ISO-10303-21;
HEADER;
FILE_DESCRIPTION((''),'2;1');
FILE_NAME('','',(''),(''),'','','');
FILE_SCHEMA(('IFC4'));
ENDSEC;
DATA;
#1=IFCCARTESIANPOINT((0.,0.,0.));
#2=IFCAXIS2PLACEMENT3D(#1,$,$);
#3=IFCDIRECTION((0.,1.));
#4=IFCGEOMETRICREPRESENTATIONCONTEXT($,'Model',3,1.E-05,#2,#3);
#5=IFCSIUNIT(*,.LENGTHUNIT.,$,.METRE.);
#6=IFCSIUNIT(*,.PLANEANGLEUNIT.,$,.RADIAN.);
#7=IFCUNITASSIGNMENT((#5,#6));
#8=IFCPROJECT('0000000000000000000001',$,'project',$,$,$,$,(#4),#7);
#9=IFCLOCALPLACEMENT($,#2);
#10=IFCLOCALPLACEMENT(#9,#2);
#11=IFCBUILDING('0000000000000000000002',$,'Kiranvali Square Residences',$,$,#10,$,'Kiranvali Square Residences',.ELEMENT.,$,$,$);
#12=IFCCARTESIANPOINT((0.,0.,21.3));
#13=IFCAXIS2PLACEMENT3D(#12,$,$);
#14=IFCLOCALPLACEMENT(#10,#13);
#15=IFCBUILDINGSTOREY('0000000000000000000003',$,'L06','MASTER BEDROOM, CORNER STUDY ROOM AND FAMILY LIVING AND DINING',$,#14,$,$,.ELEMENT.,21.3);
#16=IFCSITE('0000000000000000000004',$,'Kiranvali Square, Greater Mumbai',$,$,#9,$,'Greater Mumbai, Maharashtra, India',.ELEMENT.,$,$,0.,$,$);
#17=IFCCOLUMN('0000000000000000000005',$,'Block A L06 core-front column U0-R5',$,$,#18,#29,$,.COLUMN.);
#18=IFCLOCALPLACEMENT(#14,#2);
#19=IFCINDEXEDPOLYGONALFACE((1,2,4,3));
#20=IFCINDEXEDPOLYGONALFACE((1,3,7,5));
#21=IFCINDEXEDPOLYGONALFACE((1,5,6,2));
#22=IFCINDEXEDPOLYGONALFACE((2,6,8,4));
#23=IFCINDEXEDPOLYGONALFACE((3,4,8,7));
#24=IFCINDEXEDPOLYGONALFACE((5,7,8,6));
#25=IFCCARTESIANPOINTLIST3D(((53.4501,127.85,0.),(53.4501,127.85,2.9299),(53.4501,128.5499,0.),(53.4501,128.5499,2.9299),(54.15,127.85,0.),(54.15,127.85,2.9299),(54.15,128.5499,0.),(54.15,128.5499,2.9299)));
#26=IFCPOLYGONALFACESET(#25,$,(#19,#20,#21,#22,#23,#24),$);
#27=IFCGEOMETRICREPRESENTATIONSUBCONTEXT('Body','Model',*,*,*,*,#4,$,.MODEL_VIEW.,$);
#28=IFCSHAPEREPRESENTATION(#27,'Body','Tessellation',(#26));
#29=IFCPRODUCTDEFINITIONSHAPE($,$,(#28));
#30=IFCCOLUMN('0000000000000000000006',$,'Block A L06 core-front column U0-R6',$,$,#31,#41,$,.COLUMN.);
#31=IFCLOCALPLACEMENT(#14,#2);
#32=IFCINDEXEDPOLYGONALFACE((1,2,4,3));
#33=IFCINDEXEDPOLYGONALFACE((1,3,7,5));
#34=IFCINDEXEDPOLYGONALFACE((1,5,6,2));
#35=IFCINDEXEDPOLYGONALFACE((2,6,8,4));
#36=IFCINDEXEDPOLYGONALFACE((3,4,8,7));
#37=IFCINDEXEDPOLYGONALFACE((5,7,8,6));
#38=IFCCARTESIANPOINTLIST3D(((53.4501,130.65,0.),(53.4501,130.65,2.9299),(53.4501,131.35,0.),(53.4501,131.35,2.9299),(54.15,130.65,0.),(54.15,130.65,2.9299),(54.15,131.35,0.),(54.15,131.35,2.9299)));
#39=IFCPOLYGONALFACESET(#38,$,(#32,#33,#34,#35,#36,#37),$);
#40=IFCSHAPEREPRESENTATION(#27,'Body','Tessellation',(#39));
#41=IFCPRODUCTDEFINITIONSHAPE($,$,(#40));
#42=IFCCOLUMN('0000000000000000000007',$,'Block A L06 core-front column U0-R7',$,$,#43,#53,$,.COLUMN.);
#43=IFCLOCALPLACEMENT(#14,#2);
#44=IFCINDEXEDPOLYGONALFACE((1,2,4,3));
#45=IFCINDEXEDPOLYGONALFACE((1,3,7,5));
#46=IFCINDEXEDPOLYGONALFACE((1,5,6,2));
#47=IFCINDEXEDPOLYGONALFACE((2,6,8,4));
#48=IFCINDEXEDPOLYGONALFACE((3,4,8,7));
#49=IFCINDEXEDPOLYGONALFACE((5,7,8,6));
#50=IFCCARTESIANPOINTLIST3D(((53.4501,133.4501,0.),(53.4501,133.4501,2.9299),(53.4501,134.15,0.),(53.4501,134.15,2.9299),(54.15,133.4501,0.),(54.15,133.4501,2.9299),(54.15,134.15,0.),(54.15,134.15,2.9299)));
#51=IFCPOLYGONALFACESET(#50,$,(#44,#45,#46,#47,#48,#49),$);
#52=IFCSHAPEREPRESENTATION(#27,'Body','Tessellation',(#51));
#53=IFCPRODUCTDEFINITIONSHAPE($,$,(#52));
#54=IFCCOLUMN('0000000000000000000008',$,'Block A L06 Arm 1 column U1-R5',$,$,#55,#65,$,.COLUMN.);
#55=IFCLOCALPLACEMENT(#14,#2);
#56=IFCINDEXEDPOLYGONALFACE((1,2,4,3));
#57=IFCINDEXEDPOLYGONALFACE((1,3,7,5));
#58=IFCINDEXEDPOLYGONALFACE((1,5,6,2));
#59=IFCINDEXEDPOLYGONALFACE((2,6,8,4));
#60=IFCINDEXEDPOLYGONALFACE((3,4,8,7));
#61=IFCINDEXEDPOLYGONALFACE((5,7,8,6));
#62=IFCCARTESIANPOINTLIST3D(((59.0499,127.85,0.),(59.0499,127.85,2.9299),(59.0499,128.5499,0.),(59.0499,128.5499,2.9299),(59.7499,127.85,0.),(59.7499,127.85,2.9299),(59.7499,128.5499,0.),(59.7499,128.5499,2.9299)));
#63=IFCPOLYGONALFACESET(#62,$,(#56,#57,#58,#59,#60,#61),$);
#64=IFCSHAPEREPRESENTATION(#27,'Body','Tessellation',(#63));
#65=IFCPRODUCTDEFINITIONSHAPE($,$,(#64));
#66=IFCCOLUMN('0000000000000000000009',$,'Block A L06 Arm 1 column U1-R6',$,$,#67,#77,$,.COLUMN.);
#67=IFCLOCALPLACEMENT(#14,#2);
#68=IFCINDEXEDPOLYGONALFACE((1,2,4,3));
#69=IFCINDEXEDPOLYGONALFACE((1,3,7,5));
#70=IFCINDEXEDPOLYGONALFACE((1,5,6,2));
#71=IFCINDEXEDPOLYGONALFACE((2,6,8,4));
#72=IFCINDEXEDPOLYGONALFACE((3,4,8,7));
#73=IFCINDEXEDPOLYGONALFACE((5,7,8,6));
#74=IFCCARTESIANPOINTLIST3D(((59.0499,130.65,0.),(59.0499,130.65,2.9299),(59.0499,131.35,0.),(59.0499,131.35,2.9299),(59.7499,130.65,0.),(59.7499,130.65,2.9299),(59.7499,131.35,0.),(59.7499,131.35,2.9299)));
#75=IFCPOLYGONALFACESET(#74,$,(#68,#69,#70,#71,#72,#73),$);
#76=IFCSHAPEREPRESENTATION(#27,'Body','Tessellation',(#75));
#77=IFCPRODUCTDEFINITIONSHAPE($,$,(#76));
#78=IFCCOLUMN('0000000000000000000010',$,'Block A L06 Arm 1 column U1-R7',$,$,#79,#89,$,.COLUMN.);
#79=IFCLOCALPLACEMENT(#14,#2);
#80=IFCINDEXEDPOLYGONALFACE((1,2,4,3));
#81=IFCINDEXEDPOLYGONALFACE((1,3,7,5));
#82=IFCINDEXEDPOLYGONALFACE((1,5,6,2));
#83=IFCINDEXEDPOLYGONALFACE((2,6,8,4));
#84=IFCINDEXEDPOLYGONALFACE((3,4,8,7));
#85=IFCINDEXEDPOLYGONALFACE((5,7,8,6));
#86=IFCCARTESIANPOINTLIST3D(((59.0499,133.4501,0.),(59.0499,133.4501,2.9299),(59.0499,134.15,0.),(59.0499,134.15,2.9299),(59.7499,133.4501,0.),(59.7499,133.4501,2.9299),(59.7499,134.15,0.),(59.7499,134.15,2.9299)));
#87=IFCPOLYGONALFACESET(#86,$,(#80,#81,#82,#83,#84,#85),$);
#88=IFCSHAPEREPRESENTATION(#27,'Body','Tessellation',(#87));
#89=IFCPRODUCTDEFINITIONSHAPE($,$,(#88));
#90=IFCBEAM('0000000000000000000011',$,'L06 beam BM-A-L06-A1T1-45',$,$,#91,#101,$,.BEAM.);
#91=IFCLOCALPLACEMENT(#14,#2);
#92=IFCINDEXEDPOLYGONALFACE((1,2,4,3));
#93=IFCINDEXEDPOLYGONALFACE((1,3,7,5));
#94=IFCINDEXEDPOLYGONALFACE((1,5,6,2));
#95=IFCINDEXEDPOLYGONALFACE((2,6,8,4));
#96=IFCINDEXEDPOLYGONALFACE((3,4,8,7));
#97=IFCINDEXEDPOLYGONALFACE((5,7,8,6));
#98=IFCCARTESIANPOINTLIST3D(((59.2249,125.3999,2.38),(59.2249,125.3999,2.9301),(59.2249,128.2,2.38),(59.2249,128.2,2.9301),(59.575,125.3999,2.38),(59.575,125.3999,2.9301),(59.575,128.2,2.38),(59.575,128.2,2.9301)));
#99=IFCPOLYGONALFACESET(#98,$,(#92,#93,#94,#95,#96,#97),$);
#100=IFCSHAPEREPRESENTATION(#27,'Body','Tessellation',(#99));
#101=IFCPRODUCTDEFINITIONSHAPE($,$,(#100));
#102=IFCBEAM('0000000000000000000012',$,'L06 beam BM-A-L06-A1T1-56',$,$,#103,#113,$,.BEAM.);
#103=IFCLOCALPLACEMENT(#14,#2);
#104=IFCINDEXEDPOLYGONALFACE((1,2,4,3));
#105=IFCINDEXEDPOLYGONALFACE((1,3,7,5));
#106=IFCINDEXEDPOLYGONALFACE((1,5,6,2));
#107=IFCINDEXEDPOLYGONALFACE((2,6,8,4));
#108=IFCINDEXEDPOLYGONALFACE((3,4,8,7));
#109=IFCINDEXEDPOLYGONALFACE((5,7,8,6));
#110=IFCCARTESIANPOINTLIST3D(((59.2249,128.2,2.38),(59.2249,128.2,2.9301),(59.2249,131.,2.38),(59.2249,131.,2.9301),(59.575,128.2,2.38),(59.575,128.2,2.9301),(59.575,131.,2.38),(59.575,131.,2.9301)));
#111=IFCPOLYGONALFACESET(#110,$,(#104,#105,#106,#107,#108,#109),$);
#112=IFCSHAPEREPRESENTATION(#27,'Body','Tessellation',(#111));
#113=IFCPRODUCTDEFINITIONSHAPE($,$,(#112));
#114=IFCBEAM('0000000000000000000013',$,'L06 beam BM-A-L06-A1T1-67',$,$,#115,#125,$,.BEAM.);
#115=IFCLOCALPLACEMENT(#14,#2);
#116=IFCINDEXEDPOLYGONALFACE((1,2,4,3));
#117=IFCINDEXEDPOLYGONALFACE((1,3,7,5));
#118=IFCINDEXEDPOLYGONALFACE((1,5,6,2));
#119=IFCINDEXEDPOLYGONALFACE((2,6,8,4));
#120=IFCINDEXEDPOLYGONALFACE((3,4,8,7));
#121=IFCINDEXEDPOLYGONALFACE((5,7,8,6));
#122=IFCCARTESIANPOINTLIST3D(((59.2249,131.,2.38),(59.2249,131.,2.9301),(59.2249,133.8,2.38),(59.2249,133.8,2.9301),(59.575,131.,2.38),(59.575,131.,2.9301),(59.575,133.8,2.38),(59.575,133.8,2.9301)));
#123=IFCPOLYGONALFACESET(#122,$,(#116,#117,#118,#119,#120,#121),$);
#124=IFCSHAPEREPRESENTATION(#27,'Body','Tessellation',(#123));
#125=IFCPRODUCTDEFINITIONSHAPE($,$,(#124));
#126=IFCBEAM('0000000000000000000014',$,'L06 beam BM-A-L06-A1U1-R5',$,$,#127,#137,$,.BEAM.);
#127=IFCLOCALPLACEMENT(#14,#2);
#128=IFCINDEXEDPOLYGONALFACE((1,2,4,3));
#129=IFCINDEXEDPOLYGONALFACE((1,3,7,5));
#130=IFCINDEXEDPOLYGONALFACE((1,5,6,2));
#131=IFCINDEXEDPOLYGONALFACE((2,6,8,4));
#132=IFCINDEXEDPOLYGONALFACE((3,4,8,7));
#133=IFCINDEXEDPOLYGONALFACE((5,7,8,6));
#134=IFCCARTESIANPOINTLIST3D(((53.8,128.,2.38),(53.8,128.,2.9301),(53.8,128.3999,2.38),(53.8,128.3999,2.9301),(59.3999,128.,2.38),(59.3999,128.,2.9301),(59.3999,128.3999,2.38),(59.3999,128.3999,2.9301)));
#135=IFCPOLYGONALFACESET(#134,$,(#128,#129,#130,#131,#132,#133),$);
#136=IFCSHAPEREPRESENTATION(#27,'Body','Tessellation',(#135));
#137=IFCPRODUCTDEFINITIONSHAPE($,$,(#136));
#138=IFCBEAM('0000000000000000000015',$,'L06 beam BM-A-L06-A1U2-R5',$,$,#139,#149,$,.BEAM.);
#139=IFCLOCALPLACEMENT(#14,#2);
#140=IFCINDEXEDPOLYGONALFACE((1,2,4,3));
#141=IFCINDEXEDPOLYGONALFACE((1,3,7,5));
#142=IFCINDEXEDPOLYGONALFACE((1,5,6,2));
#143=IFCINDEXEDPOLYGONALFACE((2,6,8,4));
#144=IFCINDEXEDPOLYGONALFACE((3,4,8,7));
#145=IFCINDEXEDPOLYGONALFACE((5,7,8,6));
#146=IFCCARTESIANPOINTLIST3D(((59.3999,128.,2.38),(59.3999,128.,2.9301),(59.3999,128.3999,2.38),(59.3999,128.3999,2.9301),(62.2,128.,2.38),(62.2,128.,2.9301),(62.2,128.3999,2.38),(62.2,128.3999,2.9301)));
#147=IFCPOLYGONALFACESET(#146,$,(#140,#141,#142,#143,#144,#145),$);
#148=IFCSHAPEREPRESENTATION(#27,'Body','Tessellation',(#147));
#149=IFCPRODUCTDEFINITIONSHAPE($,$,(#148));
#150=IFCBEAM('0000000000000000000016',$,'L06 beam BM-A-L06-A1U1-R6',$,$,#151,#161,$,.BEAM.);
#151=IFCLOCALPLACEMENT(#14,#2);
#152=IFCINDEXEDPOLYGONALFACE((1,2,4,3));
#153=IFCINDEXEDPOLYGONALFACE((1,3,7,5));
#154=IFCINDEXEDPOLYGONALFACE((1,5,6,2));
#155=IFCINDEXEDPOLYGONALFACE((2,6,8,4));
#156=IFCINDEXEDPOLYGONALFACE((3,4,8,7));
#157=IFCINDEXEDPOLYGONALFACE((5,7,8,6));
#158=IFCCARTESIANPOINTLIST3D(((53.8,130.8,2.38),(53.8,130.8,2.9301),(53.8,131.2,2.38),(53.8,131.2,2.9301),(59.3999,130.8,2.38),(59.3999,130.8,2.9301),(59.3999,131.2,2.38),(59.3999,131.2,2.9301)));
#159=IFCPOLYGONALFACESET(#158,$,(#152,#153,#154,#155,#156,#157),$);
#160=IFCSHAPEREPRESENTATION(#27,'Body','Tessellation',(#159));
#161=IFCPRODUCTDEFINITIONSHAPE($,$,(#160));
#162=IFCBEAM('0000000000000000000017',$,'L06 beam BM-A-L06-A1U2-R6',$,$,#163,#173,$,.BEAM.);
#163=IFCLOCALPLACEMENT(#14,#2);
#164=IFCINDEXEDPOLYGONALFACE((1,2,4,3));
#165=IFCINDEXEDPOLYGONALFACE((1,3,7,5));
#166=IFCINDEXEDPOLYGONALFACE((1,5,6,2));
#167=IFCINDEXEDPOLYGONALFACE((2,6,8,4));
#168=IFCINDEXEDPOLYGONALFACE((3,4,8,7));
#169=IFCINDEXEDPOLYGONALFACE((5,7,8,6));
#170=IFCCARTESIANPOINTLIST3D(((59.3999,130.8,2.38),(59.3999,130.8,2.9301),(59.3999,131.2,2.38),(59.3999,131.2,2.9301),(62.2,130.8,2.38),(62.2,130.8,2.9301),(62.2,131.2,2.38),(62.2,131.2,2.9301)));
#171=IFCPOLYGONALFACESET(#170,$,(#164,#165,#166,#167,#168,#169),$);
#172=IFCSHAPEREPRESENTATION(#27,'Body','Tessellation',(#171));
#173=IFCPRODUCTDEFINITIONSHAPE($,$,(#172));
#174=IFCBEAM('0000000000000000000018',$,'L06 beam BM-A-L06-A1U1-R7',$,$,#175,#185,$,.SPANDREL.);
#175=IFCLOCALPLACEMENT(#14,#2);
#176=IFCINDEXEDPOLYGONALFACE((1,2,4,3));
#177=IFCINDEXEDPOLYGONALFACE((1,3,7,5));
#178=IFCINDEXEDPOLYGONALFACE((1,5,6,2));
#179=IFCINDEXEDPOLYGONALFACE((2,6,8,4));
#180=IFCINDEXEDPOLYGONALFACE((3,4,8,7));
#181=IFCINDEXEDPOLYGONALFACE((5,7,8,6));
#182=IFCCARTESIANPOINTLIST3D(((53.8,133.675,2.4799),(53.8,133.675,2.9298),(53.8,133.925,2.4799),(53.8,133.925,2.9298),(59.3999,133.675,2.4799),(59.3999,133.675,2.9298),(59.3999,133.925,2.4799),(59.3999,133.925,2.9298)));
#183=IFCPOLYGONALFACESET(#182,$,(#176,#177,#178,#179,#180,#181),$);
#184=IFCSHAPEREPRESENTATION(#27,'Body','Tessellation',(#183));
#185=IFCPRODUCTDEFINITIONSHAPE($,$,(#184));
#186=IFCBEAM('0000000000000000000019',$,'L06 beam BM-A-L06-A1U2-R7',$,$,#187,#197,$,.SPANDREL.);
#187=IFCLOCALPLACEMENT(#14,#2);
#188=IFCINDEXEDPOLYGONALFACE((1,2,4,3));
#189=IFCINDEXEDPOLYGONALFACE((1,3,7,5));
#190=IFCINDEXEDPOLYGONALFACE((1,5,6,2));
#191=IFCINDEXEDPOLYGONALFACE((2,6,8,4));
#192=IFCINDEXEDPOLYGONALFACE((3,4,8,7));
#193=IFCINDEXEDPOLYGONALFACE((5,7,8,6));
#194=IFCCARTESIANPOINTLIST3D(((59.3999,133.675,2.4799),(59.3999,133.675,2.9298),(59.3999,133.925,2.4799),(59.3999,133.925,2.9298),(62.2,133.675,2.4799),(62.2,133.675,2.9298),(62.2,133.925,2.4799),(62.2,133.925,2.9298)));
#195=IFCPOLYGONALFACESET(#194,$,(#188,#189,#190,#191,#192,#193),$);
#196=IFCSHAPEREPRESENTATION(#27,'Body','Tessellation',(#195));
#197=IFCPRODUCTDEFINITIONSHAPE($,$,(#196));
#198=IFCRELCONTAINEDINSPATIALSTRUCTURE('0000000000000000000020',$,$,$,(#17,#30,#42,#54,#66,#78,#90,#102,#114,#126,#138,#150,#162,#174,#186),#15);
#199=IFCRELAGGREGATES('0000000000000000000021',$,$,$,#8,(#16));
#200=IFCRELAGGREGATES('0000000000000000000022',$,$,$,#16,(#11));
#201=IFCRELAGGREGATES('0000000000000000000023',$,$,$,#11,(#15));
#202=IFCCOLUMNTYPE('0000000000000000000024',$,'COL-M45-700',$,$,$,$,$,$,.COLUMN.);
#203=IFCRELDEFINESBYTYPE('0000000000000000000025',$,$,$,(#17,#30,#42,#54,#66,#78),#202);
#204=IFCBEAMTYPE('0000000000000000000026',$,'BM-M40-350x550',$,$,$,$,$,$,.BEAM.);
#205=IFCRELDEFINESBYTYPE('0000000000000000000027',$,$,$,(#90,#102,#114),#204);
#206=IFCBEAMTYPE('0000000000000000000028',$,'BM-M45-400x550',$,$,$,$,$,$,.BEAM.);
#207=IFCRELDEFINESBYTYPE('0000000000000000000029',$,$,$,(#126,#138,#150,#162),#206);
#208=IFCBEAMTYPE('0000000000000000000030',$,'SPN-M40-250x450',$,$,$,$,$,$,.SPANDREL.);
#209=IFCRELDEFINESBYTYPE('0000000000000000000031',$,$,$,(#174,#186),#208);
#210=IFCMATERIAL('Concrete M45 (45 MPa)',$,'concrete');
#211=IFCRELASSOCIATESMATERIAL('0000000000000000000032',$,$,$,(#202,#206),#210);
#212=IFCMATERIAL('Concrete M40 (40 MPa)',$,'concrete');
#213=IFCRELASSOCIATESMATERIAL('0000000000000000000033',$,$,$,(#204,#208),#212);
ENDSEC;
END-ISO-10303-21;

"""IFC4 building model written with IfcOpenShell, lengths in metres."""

from ifc_helpers import new_model, si_unit, direction, frame, origin, origin_2d, place, context, subcontext, project, spatial, rectangle, extrude, material, material_profile, profile_set, type_object, element, save


model = new_model("IFC4")

# Units and contexts
model_context = context("Model", 3, precision=1e-05, world=origin(), true_north=direction((0.0, 1.0)))
body_context = subcontext(model_context, "Body", "Model", "MODEL_VIEW")
ifc_project = project(units=[si_unit("LENGTHUNIT", "METRE"), si_unit("PLANEANGLEUNIT", "RADIAN")], contexts=[model_context])

# Site, building, storey
site_placement = place(None, origin())
site = spatial("IfcSite", under=ifc_project, at=site_placement, Name="Kiranvali Square, Greater Mumbai", LongName="Greater Mumbai, Maharashtra, India", CompositionType="ELEMENT", RefElevation=0.0)
building_placement = place(site_placement, origin())
building = spatial("IfcBuilding", under=site, at=building_placement, Name="Kiranvali Square Residences", LongName="Kiranvali Square Residences", CompositionType="ELEMENT")
storey_placement = place(building_placement, frame((0.0, 0.0, 21.3)))
storey = spatial("IfcBuildingStorey", under=building, at=storey_placement, Name="L06", Description="MASTER BEDROOM, CORNER STUDY ROOM AND FAMILY LIVING AND DINING", CompositionType="ELEMENT", Elevation=21.3)

# Columns
ifc_material_1 = material(Name="Concrete M45 (45 MPa)", Category="concrete")
ifc_material_profile_1 = material_profile(ifc_material_1, rectangle(XDim=0.7, YDim=0.7, at=origin_2d()), Name="RC 700x700")
ifc_profile_set_1 = profile_set([ifc_material_profile_1], Name="Concrete M45 (45 MPa)")
column_type = type_object("IfcColumnType", Name="COL-M45-700", PredefinedType="COLUMN", material=ifc_profile_set_1)
for number, where, z_axis, x_axis, name in (
    (1, (53.8, 128.2, 0.0), (0.0, 0.0, 1.0), (1.0, 0.0, 0.0), "Block A L06 core-front column U0-R5"),
    (2, (53.8, 131.0, 0.0), (0.0, 0.0, 1.0), (1.0, 0.0, 0.0), "Block A L06 core-front column U0-R6"),
    (3, (53.8, 133.8, 0.0), (0.0, 0.0, 1.0), (1.0, 0.0, 0.0), "Block A L06 core-front column U0-R7"),
    (4, (59.3999, 128.2, 0.0), (0.0, 0.0, 1.0), (1.0, 0.0, 0.0), "Block A L06 Arm 1 column U1-R5"),
    (5, (59.3999, 131.0, 0.0), (0.0, 0.0, 1.0), (1.0, 0.0, 0.0), "Block A L06 Arm 1 column U1-R6"),
    (6, (59.3999, 133.8, 0.0), (0.0, 0.0, 1.0), (1.0, 0.0, 0.0), "Block A L06 Arm 1 column U1-R7"),
):
    element("IfcColumn", number, at=place(storey_placement, frame(where, z_axis=z_axis, x_axis=x_axis)), inside=storey, type_object=column_type, Name=name, PredefinedType="COLUMN", context=body_context, shape_type="SweptSolid", body=[
        extrude(rectangle(XDim=0.7, YDim=0.7, at=origin_2d()), origin(), (0.0, 0.0, 1.0), 2.9299),
    ])

# Beams
ifc_material_2 = material(Name="Concrete M40 (40 MPa)", Category="concrete")
ifc_material_profile_2 = material_profile(ifc_material_2, rectangle(XDim=0.3501, YDim=0.55, at=origin_2d()), Name="RC 350x550")
ifc_profile_set_2 = profile_set([ifc_material_profile_2], Name="Concrete M40 (40 MPa)")
beam_type_1 = type_object("IfcBeamType", Name="BM-M40-350x550", PredefinedType="BEAM", material=ifc_profile_set_2)
for number, where, z_axis, x_axis, name in (
    (7, (59.3999, 125.3999, 2.655), (0.0, 1.0, 0.0), (-1.0, 0.0, 0.0), "L06 beam BM-A-L06-A1T1-45"),
    (8, (59.3999, 128.2, 2.655), (0.0, 1.0, 0.0), (-1.0, 0.0, 0.0), "L06 beam BM-A-L06-A1T1-56"),
    (9, (59.3999, 131.0, 2.655), (0.0, 1.0, 0.0), (-1.0, 0.0, 0.0), "L06 beam BM-A-L06-A1T1-67"),
):
    element("IfcBeam", number, at=place(storey_placement, frame(where, z_axis=z_axis, x_axis=x_axis)), inside=storey, type_object=beam_type_1, Name=name, PredefinedType="BEAM", context=body_context, shape_type="SweptSolid", body=[
        extrude(rectangle(XDim=0.3501, YDim=0.55, at=origin_2d()), origin(), (0.0, 0.0, 1.0), 2.8),
    ])
ifc_material_profile_3 = material_profile(ifc_material_1, rectangle(XDim=0.3999, YDim=0.55, at=origin_2d()), Name="RC 400x550")
ifc_profile_set_3 = profile_set([ifc_material_profile_3], Name="Concrete M45 (45 MPa)")
beam_type_2 = type_object("IfcBeamType", Name="BM-M45-400x550", PredefinedType="BEAM", material=ifc_profile_set_3)
beam_1_placement = place(storey_placement, frame((53.8, 128.2, 2.655), z_axis=(1.0, 0.0, 0.0), x_axis=(0.0, 1.0, 0.0)))
element("IfcBeam", 10, at=beam_1_placement, inside=storey, type_object=beam_type_2, Name="L06 beam BM-A-L06-A1U1-R5", PredefinedType="BEAM", context=body_context, shape_type="SweptSolid", body=[
    extrude(rectangle(XDim=0.3999, YDim=0.55, at=origin_2d()), origin(), (0.0, 0.0, 1.0), 5.5999),
])
beam_2_placement = place(storey_placement, frame((59.3999, 128.2, 2.655), z_axis=(1.0, 0.0, 0.0), x_axis=(0.0, 1.0, 0.0)))
element("IfcBeam", 11, at=beam_2_placement, inside=storey, type_object=beam_type_2, Name="L06 beam BM-A-L06-A1U2-R5", PredefinedType="BEAM", context=body_context, shape_type="SweptSolid", body=[
    extrude(rectangle(XDim=0.3999, YDim=0.55, at=origin_2d()), origin(), (0.0, 0.0, 1.0), 2.8),
])
beam_3_placement = place(storey_placement, frame((53.8, 131.0, 2.655), z_axis=(1.0, 0.0, 0.0), x_axis=(0.0, 1.0, 0.0)))
element("IfcBeam", 12, at=beam_3_placement, inside=storey, type_object=beam_type_2, Name="L06 beam BM-A-L06-A1U1-R6", PredefinedType="BEAM", context=body_context, shape_type="SweptSolid", body=[
    extrude(rectangle(XDim=0.3999, YDim=0.55, at=origin_2d()), origin(), (0.0, 0.0, 1.0), 5.5999),
])
beam_4_placement = place(storey_placement, frame((59.3999, 131.0, 2.655), z_axis=(1.0, 0.0, 0.0), x_axis=(0.0, 1.0, 0.0)))
element("IfcBeam", 13, at=beam_4_placement, inside=storey, type_object=beam_type_2, Name="L06 beam BM-A-L06-A1U2-R6", PredefinedType="BEAM", context=body_context, shape_type="SweptSolid", body=[
    extrude(rectangle(XDim=0.3999, YDim=0.55, at=origin_2d()), origin(), (0.0, 0.0, 1.0), 2.8),
])
ifc_material_profile_4 = material_profile(ifc_material_2, rectangle(XDim=0.25, YDim=0.45, at=origin_2d()), Name="RC 250x450")
ifc_profile_set_4 = profile_set([ifc_material_profile_4], Name="Concrete M40 (40 MPa)")
beam_type_3 = type_object("IfcBeamType", Name="SPN-M40-250x450", PredefinedType="SPANDREL", material=ifc_profile_set_4)
beam_5_placement = place(storey_placement, frame((53.8, 133.8, 2.7048), z_axis=(1.0, 0.0, 0.0), x_axis=(0.0, 1.0, 0.0)))
element("IfcBeam", 14, at=beam_5_placement, inside=storey, type_object=beam_type_3, Name="L06 beam BM-A-L06-A1U1-R7", PredefinedType="SPANDREL", context=body_context, shape_type="SweptSolid", body=[
    extrude(rectangle(XDim=0.25, YDim=0.45, at=origin_2d()), origin(), (0.0, 0.0, 1.0), 5.5999),
])
beam_6_placement = place(storey_placement, frame((59.3999, 133.8, 2.7048), z_axis=(1.0, 0.0, 0.0), x_axis=(0.0, 1.0, 0.0)))
element("IfcBeam", 15, at=beam_6_placement, inside=storey, type_object=beam_type_3, Name="L06 beam BM-A-L06-A1U2-R7", PredefinedType="SPANDREL", context=body_context, shape_type="SweptSolid", body=[
    extrude(rectangle(XDim=0.25, YDim=0.45, at=origin_2d()), origin(), (0.0, 0.0, 1.0), 2.8),
])

save(model, "model.ifc")
